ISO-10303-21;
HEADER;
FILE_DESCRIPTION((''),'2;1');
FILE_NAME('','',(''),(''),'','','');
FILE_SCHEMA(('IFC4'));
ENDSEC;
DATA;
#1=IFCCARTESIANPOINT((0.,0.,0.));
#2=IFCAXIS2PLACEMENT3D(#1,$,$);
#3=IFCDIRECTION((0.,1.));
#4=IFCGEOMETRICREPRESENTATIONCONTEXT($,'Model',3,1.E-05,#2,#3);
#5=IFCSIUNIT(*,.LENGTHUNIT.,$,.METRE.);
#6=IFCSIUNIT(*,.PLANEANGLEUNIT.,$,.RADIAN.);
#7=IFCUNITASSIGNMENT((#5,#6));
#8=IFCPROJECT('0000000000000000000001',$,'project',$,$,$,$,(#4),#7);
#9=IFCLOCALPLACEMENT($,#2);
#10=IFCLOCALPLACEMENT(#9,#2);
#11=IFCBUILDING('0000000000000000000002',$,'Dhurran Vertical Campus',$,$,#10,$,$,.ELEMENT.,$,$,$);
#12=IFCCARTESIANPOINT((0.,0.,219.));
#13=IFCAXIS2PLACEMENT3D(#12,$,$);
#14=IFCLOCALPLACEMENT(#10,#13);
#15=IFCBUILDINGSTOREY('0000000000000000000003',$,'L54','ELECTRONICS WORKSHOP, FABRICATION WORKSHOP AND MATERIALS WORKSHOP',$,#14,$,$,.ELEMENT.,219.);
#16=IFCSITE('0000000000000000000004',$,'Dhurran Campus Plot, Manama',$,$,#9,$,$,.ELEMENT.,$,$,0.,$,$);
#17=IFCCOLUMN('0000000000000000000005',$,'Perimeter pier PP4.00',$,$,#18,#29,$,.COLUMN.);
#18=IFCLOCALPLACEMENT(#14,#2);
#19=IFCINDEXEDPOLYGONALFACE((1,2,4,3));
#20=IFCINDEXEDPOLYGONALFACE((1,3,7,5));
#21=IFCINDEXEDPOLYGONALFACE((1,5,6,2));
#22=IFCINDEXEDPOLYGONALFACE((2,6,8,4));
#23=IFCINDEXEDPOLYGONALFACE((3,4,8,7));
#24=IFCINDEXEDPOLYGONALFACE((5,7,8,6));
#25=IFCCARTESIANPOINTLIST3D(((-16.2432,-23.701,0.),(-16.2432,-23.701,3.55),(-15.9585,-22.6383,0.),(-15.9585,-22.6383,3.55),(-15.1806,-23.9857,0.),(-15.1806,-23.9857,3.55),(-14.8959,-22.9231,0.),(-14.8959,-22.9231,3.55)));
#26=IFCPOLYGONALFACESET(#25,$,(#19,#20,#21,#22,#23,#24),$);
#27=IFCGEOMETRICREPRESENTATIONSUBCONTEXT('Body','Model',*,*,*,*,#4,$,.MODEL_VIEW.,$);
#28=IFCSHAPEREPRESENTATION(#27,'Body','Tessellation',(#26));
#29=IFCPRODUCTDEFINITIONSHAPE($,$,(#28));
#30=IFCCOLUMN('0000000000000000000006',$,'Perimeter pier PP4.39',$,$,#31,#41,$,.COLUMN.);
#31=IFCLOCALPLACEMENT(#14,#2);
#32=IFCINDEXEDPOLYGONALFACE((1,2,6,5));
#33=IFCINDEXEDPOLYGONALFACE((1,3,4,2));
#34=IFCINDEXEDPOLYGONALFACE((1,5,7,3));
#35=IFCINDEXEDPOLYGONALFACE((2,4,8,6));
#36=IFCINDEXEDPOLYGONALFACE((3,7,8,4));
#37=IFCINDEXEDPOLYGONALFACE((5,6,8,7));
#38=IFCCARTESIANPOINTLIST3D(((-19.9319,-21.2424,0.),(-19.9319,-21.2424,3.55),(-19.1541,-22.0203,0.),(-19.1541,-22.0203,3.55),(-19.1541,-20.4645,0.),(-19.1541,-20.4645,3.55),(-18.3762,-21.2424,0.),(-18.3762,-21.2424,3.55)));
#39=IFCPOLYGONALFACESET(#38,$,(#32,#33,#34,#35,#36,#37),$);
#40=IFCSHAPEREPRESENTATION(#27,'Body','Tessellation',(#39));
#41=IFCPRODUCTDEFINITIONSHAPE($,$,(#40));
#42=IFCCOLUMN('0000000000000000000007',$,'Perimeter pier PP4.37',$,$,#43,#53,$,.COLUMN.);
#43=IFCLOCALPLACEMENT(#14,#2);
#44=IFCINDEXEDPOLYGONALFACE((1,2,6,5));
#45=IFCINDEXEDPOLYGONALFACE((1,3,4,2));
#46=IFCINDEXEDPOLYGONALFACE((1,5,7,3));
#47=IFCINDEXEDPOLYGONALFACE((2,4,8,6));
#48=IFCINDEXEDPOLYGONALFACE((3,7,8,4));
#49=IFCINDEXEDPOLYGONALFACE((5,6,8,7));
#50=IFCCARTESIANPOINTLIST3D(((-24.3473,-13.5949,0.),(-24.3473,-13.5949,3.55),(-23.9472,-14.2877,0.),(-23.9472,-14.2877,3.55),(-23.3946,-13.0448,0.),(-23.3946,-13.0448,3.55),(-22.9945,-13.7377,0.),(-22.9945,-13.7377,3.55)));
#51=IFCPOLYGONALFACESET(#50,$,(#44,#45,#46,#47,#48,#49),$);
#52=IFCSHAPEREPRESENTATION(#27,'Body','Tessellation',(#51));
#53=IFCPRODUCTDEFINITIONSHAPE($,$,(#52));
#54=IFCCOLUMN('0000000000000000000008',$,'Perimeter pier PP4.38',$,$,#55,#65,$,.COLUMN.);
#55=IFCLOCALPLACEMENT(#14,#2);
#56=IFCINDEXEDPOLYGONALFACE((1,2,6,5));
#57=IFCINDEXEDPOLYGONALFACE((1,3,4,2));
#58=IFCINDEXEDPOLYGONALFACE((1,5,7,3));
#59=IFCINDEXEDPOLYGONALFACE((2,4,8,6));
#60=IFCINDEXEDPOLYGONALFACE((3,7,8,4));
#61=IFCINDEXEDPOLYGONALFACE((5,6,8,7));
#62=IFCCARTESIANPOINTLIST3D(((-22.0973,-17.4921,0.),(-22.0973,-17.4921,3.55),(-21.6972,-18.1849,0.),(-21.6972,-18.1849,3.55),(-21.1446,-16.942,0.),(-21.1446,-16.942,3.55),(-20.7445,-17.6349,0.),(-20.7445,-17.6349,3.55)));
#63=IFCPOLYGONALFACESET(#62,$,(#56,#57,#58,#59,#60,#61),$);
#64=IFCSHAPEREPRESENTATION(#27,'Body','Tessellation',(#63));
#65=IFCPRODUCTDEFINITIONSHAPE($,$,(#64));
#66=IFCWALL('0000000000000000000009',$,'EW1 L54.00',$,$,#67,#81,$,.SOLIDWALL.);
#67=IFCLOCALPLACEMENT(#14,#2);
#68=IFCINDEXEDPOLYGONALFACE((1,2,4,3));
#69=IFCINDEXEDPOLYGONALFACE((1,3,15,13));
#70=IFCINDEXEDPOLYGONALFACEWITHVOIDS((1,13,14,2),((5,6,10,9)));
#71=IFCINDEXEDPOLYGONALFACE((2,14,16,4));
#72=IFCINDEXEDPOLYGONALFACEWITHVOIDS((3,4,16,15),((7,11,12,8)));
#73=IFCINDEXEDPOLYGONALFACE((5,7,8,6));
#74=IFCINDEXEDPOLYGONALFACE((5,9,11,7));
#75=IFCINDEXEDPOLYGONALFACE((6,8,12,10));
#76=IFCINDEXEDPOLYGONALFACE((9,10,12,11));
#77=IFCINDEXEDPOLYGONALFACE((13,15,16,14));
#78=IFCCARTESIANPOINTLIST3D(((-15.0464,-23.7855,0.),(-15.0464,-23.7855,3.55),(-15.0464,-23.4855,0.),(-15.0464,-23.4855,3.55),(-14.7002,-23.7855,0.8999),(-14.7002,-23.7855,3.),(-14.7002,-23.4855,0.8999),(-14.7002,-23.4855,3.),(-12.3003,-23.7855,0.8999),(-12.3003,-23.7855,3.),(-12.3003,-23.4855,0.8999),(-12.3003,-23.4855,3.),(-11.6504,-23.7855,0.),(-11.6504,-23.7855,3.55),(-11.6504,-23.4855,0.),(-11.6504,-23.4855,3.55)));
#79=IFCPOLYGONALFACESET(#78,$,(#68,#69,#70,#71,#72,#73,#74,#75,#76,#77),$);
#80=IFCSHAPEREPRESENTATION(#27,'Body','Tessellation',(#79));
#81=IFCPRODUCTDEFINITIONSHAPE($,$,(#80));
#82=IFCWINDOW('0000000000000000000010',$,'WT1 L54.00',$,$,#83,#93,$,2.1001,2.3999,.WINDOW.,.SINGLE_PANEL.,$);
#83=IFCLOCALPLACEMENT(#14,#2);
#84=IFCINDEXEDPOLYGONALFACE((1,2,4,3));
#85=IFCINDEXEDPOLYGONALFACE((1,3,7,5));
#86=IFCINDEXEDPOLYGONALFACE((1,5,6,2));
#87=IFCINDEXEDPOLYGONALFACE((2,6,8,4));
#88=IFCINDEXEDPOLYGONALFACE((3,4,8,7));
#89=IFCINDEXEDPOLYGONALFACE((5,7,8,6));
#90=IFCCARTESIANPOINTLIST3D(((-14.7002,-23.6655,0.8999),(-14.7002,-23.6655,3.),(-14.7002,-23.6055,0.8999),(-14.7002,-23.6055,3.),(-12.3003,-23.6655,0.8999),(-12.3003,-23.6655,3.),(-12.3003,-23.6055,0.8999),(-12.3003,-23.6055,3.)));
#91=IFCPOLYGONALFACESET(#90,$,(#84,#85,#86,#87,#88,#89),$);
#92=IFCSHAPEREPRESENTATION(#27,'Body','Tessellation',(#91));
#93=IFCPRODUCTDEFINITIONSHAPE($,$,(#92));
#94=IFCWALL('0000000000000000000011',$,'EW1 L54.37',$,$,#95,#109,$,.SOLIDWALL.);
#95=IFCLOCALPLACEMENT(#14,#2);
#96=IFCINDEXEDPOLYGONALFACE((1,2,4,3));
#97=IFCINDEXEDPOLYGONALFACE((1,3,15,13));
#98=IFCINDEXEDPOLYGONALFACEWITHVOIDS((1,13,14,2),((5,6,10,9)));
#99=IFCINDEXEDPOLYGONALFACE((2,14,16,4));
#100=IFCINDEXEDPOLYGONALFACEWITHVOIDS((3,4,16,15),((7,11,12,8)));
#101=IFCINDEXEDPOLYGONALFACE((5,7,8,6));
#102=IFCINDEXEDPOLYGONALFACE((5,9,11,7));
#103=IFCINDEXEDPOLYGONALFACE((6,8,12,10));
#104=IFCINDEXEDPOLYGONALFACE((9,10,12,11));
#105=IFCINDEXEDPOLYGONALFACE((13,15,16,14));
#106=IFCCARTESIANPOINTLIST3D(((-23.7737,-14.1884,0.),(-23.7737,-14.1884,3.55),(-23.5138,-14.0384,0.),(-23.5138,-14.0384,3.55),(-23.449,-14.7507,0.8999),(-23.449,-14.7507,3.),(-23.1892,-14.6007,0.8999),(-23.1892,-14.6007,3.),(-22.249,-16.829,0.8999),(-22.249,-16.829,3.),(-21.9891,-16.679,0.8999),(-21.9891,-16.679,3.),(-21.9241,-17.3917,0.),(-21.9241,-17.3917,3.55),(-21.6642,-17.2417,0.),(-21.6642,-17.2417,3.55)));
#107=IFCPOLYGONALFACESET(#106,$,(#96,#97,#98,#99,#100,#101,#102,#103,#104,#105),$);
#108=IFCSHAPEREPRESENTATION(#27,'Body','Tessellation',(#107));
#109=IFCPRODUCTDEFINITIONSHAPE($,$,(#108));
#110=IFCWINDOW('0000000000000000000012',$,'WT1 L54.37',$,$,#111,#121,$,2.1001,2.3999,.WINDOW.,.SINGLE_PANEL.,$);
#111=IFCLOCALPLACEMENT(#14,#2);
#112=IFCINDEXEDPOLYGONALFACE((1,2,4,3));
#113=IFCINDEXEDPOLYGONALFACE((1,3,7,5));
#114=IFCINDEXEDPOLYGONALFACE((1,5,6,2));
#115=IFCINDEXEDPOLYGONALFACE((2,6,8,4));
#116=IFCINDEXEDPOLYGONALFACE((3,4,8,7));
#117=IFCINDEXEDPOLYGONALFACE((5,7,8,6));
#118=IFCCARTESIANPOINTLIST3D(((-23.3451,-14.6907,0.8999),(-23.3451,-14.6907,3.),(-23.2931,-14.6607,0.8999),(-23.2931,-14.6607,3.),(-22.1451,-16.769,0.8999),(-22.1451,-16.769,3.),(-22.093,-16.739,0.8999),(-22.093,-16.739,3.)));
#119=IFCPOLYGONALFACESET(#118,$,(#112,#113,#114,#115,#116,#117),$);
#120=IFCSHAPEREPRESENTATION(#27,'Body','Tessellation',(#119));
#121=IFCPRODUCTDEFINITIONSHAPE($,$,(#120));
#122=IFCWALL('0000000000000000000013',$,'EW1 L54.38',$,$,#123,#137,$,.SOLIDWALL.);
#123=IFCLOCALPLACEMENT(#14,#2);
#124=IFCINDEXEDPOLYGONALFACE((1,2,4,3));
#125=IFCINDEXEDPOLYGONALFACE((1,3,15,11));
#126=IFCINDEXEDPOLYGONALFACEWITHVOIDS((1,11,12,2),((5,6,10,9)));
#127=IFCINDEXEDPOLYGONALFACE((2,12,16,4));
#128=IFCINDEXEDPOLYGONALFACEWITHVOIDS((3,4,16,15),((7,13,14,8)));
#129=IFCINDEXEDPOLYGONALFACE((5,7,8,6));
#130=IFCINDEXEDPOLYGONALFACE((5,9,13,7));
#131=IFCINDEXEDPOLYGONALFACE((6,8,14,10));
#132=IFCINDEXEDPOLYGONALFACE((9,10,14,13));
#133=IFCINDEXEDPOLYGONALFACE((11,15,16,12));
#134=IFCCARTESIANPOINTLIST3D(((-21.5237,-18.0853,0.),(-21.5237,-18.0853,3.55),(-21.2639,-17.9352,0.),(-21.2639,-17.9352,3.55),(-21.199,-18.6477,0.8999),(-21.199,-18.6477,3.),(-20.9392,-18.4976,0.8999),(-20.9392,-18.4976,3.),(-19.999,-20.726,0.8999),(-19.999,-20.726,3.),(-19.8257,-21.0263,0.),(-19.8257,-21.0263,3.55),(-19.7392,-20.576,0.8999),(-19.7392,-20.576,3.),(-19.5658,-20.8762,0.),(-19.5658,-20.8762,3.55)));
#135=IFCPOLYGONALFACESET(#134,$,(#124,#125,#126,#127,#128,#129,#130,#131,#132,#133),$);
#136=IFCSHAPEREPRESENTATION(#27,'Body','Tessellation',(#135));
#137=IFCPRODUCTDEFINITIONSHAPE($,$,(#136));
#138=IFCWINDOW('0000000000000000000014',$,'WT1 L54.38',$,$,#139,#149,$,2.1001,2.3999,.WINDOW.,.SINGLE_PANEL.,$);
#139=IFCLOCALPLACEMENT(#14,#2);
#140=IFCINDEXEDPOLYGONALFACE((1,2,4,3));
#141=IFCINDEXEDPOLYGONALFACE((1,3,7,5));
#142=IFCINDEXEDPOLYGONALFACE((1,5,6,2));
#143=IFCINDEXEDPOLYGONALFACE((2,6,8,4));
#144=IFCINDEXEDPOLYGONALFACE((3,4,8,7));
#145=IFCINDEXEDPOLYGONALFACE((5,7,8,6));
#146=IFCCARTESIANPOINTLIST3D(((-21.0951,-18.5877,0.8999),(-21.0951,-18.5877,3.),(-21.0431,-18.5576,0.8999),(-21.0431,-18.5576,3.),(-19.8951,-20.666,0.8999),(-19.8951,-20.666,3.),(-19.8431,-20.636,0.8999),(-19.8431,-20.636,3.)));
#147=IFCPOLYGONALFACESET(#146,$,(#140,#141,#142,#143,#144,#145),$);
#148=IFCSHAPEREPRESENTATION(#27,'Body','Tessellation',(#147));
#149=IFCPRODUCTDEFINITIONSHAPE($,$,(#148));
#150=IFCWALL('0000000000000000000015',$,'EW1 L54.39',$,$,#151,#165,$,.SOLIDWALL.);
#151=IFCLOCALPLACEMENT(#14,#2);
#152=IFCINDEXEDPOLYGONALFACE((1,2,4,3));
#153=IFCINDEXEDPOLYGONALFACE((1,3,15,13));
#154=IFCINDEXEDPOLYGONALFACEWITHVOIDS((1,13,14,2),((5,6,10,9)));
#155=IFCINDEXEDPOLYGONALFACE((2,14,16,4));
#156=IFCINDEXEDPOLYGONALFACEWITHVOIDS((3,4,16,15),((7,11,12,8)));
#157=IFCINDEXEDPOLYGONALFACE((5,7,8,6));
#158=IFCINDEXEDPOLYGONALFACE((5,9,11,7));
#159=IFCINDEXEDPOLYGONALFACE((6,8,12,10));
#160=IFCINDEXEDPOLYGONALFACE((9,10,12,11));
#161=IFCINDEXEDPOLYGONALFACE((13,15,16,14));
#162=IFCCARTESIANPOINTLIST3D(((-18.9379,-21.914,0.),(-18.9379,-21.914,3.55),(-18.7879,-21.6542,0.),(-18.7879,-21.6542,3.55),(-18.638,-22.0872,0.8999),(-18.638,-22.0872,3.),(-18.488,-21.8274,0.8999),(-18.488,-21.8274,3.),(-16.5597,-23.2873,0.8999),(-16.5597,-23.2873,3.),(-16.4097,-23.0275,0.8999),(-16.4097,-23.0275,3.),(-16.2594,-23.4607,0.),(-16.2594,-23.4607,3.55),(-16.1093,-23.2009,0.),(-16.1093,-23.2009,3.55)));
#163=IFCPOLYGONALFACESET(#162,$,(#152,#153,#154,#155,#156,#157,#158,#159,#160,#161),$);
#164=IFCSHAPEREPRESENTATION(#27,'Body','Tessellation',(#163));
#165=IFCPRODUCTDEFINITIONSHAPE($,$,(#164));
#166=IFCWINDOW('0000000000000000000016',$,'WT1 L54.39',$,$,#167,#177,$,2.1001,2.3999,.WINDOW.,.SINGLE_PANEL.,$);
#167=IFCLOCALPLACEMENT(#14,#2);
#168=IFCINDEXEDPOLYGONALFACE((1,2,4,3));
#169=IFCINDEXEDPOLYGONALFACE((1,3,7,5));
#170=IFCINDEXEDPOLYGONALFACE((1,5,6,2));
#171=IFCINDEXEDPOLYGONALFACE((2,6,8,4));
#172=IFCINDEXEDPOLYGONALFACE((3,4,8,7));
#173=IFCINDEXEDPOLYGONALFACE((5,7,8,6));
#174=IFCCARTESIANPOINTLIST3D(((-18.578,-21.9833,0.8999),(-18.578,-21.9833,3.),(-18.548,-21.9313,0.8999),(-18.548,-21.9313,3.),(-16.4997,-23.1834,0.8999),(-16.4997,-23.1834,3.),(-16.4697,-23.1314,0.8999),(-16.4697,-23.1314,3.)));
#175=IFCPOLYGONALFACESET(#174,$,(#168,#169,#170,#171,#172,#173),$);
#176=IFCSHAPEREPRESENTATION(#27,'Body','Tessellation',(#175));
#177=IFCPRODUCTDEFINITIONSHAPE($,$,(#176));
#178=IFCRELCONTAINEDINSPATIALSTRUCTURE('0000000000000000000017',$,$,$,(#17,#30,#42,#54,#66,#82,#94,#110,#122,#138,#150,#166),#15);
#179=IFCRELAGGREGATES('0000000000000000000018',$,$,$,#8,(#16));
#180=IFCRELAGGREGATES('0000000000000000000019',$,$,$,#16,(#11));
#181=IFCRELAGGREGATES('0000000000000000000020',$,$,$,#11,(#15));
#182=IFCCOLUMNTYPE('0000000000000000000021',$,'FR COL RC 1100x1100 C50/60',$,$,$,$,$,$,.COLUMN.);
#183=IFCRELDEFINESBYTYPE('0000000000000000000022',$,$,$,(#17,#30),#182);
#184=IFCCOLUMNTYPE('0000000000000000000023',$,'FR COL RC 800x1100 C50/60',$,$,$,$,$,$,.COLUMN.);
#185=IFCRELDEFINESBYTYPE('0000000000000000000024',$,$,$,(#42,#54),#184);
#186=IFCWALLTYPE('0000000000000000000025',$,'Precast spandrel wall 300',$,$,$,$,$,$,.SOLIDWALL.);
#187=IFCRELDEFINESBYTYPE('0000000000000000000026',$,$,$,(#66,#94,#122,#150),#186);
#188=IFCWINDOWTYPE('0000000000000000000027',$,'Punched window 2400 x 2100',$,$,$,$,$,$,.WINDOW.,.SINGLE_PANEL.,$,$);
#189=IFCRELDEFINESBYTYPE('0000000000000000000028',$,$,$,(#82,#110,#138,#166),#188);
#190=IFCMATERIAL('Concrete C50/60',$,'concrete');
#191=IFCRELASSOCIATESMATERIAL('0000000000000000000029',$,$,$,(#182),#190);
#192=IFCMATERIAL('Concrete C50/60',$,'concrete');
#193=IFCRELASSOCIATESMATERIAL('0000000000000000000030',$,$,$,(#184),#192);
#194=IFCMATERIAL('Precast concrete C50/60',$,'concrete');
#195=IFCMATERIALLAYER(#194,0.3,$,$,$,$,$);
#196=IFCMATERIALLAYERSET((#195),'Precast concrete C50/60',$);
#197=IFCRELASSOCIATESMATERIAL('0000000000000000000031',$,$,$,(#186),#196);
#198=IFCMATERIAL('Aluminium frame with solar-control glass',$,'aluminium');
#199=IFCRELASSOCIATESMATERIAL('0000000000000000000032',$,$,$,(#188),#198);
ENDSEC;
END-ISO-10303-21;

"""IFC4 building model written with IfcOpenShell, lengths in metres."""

from ifc_helpers import new_model, si_unit, direction, frame, frame_2d, origin, origin_2d, place, context, subcontext, project, spatial, rectangle, extrude, material, layer, layer_set, material_profile, profile_set, type_object, element, fill, save


model = new_model("IFC4")

# Units and contexts
model_context = context("Model", 3, precision=1e-05, world=origin(), true_north=direction((0.0, 1.0)))
body_context = subcontext(model_context, "Body", "Model", "MODEL_VIEW")
ifc_project = project(units=[si_unit("LENGTHUNIT", "METRE"), si_unit("PLANEANGLEUNIT", "RADIAN")], contexts=[model_context])

# Site, building, storey
site_placement = place(None, origin())
site = spatial("IfcSite", under=ifc_project, at=site_placement, Name="Dhurran Campus Plot, Manama", CompositionType="ELEMENT", RefElevation=0.0)
building_placement = place(site_placement, origin())
building = spatial("IfcBuilding", under=site, at=building_placement, Name="Dhurran Vertical Campus", CompositionType="ELEMENT")
storey_placement = place(building_placement, frame((0.0, 0.0, 219.0)))
storey = spatial("IfcBuildingStorey", under=building, at=storey_placement, Name="L54", Description="ELECTRONICS WORKSHOP, FABRICATION WORKSHOP AND MATERIALS WORKSHOP", CompositionType="ELEMENT", Elevation=219.0)

# Columns
ifc_material_1 = material(Name="Concrete C50/60", Category="concrete")
ifc_material_profile_1 = material_profile(ifc_material_1, rectangle(XDim=1.1001, YDim=1.1001, at=origin_2d()), Name="RC 1100x1100")
ifc_profile_set_1 = profile_set([ifc_material_profile_1], Name="Concrete C50/60")
column_type_1 = type_object("IfcColumnType", Name="FR COL RC 1100x1100 C50/60", PredefinedType="COLUMN", material=ifc_profile_set_1)
for number, where, z_axis, x_axis, name in (
    (1, (-15.5696, -23.312, 0.0), (0.0, 0.0, 1.0), (0.965926, -0.258819, 0.0), "Perimeter pier PP4.00"),
    (2, (-19.1541, -21.2424, 0.0), (0.0, 0.0, 1.0), (0.707107, -0.707107, 0.0), "Perimeter pier PP4.39"),
):
    element("IfcColumn", number, at=place(storey_placement, frame(where, z_axis=z_axis, x_axis=x_axis)), inside=storey, type_object=column_type_1, Name=name, PredefinedType="COLUMN", context=body_context, shape_type="SweptSolid", body=[
        extrude(rectangle(XDim=1.1001, YDim=1.1001, at=origin_2d()), origin(), (0.0, 0.0, 1.0), 3.55),
    ])
ifc_material_2 = material(Name="Concrete C50/60", Category="concrete")
ifc_material_profile_2 = material_profile(ifc_material_2, rectangle(XDim=0.8, YDim=1.1001, at=origin_2d()), Name="RC 800x1100")
ifc_profile_set_2 = profile_set([ifc_material_profile_2], Name="Concrete C50/60")
column_type_2 = type_object("IfcColumnType", Name="FR COL RC 800x1100 C50/60", PredefinedType="COLUMN", material=ifc_profile_set_2)
for number, where, z_axis, x_axis, name in (
    (3, (-23.6709, -13.6663, 0.0), (0.0, 0.0, 1.0), (0.5, -0.866025, 0.0), "Perimeter pier PP4.37"),
    (4, (-21.4209, -17.5635, 0.0), (0.0, 0.0, 1.0), (0.5, -0.866025, 0.0), "Perimeter pier PP4.38"),
):
    element("IfcColumn", number, at=place(storey_placement, frame(where, z_axis=z_axis, x_axis=x_axis)), inside=storey, type_object=column_type_2, Name=name, PredefinedType="COLUMN", context=body_context, shape_type="SweptSolid", body=[
        extrude(rectangle(XDim=0.8, YDim=1.1001, at=origin_2d()), origin(), (0.0, 0.0, 1.0), 3.55),
    ])

# Walls, openings, windows
ifc_material_3 = material(Name="Precast concrete C50/60", Category="concrete")
ifc_layer_1 = layer(ifc_material_3, 0.3)
ifc_layer_set_1 = layer_set([ifc_layer_1], Name="Precast concrete C50/60")
wall_type_1 = type_object("IfcWallType", Name="Precast spandrel wall 300", PredefinedType="SOLIDWALL", material=ifc_layer_set_1)
wall_1_placement = place(storey_placement, frame((-15.0464, -23.6355, 0.0), z_axis=(0.0, 0.0, 1.0), x_axis=(1.0, 0.0, 0.0)))
wall_1 = element("IfcWall", 5, at=wall_1_placement, inside=storey, type_object=wall_type_1, Name="EW1 L54.00", PredefinedType="SOLIDWALL", context=body_context, shape_type="SweptSolid", body=[
    extrude(rectangle(XDim=3.396, YDim=0.3, at=frame_2d((1.698, 0.0))), origin(), (0.0, 0.0, 1.0), 3.55),
])
opening_1_placement = place(wall_1_placement, frame((0.3462, 0.0, 0.8999)))
opening_1 = element("IfcOpeningElement", 6, at=opening_1_placement, cuts=wall_1, PredefinedType="OPENING", context=body_context, shape_type="SweptSolid", body=[
    extrude(rectangle(XDim=2.3999, YDim=2.1001, at=frame_2d((1.2, 1.05))), frame((0.0, 0.1599, 0.0), z_axis=(0.0, -1.0, 0.0), x_axis=(1.0, 0.0, 0.0)), (0.0, 0.0, 1.0), 0.3201),
])
ifc_material_4 = material(Name="Aluminium frame with solar-control glass", Category="aluminium")
window_type = type_object("IfcWindowType", Name="Punched window 2400 x 2100", PartitioningType="SINGLE_PANEL", PredefinedType="WINDOW", material=ifc_material_4)
window_1_placement = place(opening_1_placement, origin())
window_1 = element("IfcWindow", 7, at=window_1_placement, inside=storey, type_object=window_type, Name="WT1 L54.00", OverallHeight=2.1001, OverallWidth=2.3999, PartitioningType="SINGLE_PANEL", PredefinedType="WINDOW", context=body_context, shape_type="SweptSolid", body=[
    extrude(rectangle(XDim=2.3999, YDim=2.1001, at=frame_2d((1.2, 1.05))), frame((0.0, 0.03, 0.0), z_axis=(0.0, -1.0, 0.0), x_axis=(1.0, 0.0, 0.0)), (0.0, 0.0, 1.0), 0.0601),
])
fill(opening_1, window_1)
wall_2_placement = place(storey_placement, frame((-23.6438, -14.1133, 0.0), z_axis=(0.0, 0.0, 1.0), x_axis=(0.500029, -0.866009, 0.0)))
wall_2 = element("IfcWall", 8, at=wall_2_placement, inside=storey, type_object=wall_type_1, Name="EW1 L54.37", PredefinedType="SOLIDWALL", context=body_context, shape_type="SweptSolid", body=[
    extrude(rectangle(XDim=3.699, YDim=0.3, at=frame_2d((1.8496, 0.0))), origin(), (0.0, 0.0, 1.0), 3.55),
])
opening_2_placement = place(wall_2_placement, frame((0.6494, 0.0, 0.8999)))
opening_2 = element("IfcOpeningElement", 9, at=opening_2_placement, cuts=wall_2, PredefinedType="OPENING", context=body_context, shape_type="SweptSolid", body=[
    extrude(rectangle(XDim=2.3999, YDim=2.1001, at=frame_2d((1.2, 1.05))), frame((0.0, 0.1599, 0.0), z_axis=(0.0, -1.0, 0.0), x_axis=(1.0, 0.0, 0.0)), (0.0, 0.0, 1.0), 0.3201),
])
window_2_placement = place(opening_2_placement, origin())
window_2 = element("IfcWindow", 10, at=window_2_placement, inside=storey, type_object=window_type, Name="WT1 L54.37", OverallHeight=2.1001, OverallWidth=2.3999, PartitioningType="SINGLE_PANEL", PredefinedType="WINDOW", context=body_context, shape_type="SweptSolid", body=[
    extrude(rectangle(XDim=2.3999, YDim=2.1001, at=frame_2d((1.2, 1.05))), frame((0.0, 0.03, 0.0), z_axis=(0.0, -1.0, 0.0), x_axis=(1.0, 0.0, 0.0)), (0.0, 0.0, 1.0), 0.0601),
])
fill(opening_2, window_2)
wall_3_placement = place(storey_placement, frame((-21.3938, -18.0103, 0.0), z_axis=(0.0, 0.0, 1.0), x_axis=(0.500013, -0.866018, 0.0)))
wall_3 = element("IfcWall", 11, at=wall_3_placement, inside=storey, type_object=wall_type_1, Name="EW1 L54.38", PredefinedType="SOLIDWALL", context=body_context, shape_type="SweptSolid", body=[
    extrude(rectangle(XDim=3.396, YDim=0.3, at=frame_2d((1.698, 0.0))), origin(), (0.0, 0.0, 1.0), 3.55),
])
opening_3_placement = place(wall_3_placement, frame((0.6494, 0.0, 0.8999)))
opening_3 = element("IfcOpeningElement", 12, at=opening_3_placement, cuts=wall_3, PredefinedType="OPENING", context=body_context, shape_type="SweptSolid", body=[
    extrude(rectangle(XDim=2.3999, YDim=2.1001, at=frame_2d((1.2, 1.05))), frame((0.0, 0.1599, 0.0), z_axis=(0.0, -1.0, 0.0), x_axis=(1.0, 0.0, 0.0)), (0.0, 0.0, 1.0), 0.3201),
])
window_3_placement = place(opening_3_placement, origin())
window_3 = element("IfcWindow", 13, at=window_3_placement, inside=storey, type_object=window_type, Name="WT1 L54.38", OverallHeight=2.1001, OverallWidth=2.3999, PartitioningType="SINGLE_PANEL", PredefinedType="WINDOW", context=body_context, shape_type="SweptSolid", body=[
    extrude(rectangle(XDim=2.3999, YDim=2.1001, at=frame_2d((1.2, 1.05))), frame((0.0, 0.03, 0.0), z_axis=(0.0, -1.0, 0.0), x_axis=(1.0, 0.0, 0.0)), (0.0, 0.0, 1.0), 0.0601),
])
fill(opening_3, window_3)
wall_4_placement = place(storey_placement, frame((-18.8628, -21.7842, 0.0), z_axis=(0.0, 0.0, 1.0), x_axis=(0.865995, -0.500053, 0.0)))
wall_4 = element("IfcWall", 14, at=wall_4_placement, inside=storey, type_object=wall_type_1, Name="EW1 L54.39", PredefinedType="SOLIDWALL", context=body_context, shape_type="SweptSolid", body=[
    extrude(rectangle(XDim=3.093, YDim=0.3, at=frame_2d((1.5464, 0.0))), origin(), (0.0, 0.0, 1.0), 3.55),
])
opening_4_placement = place(wall_4_placement, frame((0.3462, 0.0, 0.8999)))
opening_4 = element("IfcOpeningElement", 15, at=opening_4_placement, cuts=wall_4, PredefinedType="OPENING", context=body_context, shape_type="SweptSolid", body=[
    extrude(rectangle(XDim=2.3999, YDim=2.1001, at=frame_2d((1.2, 1.05))), frame((0.0, 0.1599, 0.0), z_axis=(0.0, -1.0, 0.0), x_axis=(1.0, 0.0, 0.0)), (0.0, 0.0, 1.0), 0.3201),
])
window_4_placement = place(opening_4_placement, origin())
window_4 = element("IfcWindow", 16, at=window_4_placement, inside=storey, type_object=window_type, Name="WT1 L54.39", OverallHeight=2.1001, OverallWidth=2.3999, PartitioningType="SINGLE_PANEL", PredefinedType="WINDOW", context=body_context, shape_type="SweptSolid", body=[
    extrude(rectangle(XDim=2.3999, YDim=2.1001, at=frame_2d((1.2, 1.05))), frame((0.0, 0.03, 0.0), z_axis=(0.0, -1.0, 0.0), x_axis=(1.0, 0.0, 0.0)), (0.0, 0.0, 1.0), 0.0601),
])
fill(opening_4, window_4)

save(model, "model.ifc")
